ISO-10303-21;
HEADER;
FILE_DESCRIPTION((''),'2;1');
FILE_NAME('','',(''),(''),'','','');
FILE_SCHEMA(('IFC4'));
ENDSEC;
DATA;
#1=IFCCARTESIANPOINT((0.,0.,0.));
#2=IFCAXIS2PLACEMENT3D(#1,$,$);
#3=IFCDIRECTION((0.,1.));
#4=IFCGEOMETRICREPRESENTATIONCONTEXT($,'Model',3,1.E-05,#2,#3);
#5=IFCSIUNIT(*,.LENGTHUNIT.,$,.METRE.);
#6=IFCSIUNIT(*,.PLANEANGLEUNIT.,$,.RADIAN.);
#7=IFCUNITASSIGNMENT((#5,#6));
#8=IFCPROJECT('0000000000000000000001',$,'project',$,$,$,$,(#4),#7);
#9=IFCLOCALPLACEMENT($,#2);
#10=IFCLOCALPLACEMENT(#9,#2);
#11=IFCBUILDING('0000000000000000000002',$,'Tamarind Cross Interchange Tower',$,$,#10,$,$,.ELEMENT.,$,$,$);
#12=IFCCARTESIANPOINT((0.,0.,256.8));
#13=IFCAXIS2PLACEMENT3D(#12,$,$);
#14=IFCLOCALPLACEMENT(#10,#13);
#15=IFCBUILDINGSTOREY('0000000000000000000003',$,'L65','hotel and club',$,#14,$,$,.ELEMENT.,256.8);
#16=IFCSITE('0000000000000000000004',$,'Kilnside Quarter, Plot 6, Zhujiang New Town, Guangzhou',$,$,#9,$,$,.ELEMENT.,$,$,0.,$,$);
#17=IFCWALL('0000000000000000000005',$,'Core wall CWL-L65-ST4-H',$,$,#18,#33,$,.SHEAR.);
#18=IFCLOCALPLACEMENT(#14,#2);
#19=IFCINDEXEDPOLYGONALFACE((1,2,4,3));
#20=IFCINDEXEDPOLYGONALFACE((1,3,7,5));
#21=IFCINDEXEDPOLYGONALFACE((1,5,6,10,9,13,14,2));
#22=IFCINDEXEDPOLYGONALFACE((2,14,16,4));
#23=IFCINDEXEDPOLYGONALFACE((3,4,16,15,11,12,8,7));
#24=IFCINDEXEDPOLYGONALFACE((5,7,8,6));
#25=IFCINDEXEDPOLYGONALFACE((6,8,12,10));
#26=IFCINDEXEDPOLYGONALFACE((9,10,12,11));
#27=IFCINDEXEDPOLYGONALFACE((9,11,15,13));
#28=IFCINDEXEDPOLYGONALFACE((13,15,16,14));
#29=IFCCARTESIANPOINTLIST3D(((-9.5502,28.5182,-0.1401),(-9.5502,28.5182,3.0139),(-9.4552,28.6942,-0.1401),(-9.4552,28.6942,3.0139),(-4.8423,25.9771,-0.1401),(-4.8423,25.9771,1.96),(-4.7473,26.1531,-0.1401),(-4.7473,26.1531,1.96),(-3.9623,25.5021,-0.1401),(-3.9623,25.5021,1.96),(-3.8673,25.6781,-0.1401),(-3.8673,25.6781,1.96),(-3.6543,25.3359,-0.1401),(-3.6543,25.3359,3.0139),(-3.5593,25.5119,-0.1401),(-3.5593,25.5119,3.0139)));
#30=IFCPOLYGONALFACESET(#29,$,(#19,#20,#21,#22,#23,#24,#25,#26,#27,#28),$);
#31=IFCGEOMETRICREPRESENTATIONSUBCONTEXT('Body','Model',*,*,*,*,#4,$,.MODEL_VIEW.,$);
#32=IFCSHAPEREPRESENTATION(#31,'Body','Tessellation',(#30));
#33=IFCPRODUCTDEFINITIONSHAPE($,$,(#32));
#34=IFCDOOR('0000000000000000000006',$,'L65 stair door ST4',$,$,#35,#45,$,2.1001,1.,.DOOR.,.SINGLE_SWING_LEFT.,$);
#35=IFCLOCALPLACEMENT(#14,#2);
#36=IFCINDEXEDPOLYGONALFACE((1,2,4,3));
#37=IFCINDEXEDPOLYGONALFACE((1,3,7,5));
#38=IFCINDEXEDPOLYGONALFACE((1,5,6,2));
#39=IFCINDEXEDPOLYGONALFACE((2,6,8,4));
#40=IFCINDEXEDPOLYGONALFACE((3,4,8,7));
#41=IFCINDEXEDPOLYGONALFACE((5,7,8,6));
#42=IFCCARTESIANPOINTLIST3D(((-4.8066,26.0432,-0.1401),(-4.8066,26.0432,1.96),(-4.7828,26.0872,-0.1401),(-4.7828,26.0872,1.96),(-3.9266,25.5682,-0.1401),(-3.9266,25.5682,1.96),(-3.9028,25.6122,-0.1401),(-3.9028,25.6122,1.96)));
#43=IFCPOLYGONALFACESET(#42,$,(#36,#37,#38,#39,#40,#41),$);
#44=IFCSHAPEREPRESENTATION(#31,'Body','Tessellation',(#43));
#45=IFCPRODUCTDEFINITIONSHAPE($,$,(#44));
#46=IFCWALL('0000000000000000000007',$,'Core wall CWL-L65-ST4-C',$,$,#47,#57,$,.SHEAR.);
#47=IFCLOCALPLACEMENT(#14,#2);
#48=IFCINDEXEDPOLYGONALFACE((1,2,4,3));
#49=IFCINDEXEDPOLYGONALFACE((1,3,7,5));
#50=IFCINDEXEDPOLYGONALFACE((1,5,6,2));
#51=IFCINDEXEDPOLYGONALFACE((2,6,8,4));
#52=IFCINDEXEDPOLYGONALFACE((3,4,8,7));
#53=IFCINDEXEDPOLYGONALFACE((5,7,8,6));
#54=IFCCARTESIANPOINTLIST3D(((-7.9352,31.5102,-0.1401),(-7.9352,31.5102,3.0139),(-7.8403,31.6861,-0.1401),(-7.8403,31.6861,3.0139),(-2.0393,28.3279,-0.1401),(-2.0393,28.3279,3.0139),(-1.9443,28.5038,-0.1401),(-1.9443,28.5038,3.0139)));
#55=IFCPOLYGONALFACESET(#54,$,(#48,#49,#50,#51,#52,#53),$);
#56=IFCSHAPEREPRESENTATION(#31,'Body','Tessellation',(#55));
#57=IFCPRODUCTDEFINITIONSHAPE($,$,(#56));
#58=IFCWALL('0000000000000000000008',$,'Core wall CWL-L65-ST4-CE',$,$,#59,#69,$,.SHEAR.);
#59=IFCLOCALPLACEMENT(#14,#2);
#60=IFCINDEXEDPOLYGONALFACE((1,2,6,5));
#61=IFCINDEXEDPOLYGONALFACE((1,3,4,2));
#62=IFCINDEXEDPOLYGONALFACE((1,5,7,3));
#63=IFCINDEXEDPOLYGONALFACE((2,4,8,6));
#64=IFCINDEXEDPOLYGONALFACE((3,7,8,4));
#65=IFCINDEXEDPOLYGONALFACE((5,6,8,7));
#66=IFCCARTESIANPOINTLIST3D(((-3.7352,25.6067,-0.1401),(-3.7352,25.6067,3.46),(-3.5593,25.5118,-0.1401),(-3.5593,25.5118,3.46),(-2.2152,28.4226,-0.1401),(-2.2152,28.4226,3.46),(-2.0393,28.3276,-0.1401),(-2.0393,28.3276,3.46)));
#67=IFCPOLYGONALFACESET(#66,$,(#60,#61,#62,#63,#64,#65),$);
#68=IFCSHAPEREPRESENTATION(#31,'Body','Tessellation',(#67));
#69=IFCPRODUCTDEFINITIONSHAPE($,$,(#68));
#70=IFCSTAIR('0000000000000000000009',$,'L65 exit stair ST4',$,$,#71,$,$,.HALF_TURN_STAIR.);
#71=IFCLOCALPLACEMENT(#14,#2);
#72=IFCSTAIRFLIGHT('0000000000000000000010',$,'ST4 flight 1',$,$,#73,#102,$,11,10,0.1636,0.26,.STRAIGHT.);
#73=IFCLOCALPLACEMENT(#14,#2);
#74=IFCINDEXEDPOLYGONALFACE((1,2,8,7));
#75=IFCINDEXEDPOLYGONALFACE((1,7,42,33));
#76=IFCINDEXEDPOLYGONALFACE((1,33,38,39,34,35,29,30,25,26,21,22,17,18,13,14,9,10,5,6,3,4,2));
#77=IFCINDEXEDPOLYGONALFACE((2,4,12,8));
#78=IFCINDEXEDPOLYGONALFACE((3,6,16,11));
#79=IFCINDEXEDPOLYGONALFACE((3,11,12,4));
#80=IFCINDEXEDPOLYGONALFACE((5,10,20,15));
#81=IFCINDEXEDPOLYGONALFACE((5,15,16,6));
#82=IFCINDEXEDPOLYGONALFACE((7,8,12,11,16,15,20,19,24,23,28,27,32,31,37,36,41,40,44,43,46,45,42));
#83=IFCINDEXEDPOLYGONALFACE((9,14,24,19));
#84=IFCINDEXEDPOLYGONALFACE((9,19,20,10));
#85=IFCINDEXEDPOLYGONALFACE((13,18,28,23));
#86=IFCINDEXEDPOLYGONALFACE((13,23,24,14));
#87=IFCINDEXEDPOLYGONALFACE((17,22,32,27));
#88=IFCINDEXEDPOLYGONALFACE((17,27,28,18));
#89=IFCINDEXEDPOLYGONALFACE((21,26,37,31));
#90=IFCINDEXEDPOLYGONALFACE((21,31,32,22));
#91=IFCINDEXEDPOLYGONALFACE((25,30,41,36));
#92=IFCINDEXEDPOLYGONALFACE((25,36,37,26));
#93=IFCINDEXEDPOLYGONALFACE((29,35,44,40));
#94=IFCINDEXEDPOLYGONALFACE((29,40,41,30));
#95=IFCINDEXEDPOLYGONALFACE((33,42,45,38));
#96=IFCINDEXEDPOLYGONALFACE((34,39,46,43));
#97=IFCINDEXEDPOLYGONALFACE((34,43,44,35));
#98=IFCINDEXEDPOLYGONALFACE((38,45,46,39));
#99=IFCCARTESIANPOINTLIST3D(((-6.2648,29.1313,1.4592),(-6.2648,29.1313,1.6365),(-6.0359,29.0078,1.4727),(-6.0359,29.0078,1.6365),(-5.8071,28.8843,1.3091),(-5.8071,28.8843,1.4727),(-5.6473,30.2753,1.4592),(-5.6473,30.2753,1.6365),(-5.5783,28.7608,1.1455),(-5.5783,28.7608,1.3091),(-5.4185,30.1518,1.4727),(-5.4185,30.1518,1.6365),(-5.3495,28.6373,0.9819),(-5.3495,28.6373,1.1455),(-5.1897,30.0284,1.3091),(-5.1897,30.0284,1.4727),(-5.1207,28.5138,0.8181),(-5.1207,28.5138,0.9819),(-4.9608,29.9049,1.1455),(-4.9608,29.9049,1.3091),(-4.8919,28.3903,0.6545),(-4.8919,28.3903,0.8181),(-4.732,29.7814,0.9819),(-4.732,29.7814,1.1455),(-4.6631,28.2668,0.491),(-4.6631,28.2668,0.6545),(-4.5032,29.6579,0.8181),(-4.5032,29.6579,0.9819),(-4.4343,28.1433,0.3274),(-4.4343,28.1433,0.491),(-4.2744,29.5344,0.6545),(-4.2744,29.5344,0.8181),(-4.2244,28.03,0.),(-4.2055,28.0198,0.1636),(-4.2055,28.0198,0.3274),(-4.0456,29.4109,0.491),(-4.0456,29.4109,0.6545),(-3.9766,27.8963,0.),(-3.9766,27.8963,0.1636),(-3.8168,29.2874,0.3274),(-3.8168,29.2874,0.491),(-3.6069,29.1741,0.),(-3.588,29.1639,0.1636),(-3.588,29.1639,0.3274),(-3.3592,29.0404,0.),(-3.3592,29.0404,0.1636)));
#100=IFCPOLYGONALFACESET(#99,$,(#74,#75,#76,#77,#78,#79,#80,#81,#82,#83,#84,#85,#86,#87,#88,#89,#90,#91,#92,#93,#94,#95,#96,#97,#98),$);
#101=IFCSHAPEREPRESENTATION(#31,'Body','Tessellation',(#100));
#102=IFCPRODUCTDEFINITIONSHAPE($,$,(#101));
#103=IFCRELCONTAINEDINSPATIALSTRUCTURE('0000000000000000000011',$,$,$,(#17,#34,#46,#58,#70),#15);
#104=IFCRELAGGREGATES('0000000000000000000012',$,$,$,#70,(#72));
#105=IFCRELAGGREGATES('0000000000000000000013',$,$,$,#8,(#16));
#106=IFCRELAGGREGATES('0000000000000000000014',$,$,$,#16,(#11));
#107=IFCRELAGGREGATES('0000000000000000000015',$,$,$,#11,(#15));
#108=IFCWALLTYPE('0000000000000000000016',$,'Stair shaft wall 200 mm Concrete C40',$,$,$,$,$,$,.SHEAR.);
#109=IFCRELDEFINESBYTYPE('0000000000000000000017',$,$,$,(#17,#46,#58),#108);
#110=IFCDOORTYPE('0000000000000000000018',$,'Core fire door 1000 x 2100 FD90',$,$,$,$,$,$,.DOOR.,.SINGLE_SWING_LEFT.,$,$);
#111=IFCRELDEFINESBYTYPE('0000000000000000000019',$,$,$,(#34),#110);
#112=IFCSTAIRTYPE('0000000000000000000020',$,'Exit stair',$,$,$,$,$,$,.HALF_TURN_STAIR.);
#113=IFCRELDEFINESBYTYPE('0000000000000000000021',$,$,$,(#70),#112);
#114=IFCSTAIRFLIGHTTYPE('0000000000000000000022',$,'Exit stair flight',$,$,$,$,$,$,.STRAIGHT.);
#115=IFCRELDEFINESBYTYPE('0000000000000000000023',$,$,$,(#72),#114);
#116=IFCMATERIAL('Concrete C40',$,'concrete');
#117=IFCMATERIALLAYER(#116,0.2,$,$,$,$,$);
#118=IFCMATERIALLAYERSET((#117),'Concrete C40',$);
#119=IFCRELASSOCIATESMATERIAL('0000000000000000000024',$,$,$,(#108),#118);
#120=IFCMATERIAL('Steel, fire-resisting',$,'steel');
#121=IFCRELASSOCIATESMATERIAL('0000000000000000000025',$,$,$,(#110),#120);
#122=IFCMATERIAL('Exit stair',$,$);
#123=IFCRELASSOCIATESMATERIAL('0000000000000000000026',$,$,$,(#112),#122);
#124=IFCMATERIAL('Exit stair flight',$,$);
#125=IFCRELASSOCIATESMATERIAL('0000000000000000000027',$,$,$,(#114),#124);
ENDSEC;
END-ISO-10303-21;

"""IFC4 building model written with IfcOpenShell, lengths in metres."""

from ifc_helpers import new_model, si_unit, direction, frame, frame_2d, origin, place, context, subcontext, project, spatial, polyline, rectangle, outline, extrude, material, layer, layer_set, type_object, element, fill, aggregate, save


model = new_model("IFC4")

# Units and contexts
model_context = context("Model", 3, precision=1e-05, world=origin(), true_north=direction((0.0, 1.0)))
body_context = subcontext(model_context, "Body", "Model", "MODEL_VIEW")
ifc_project = project(units=[si_unit("LENGTHUNIT", "METRE"), si_unit("PLANEANGLEUNIT", "RADIAN")], contexts=[model_context])

# Site, building, storey
site_placement = place(None, origin())
site = spatial("IfcSite", under=ifc_project, at=site_placement, Name="Kilnside Quarter, Plot 6, Zhujiang New Town, Guangzhou", CompositionType="ELEMENT", RefElevation=0.0)
building_placement = place(site_placement, origin())
building = spatial("IfcBuilding", under=site, at=building_placement, Name="Tamarind Cross Interchange Tower", CompositionType="ELEMENT")
storey_placement = place(building_placement, frame((0.0, 0.0, 256.8)))
storey = spatial("IfcBuildingStorey", under=building, at=storey_placement, Name="L65", Description="hotel and club", CompositionType="ELEMENT", Elevation=256.8)

# Shared definitions
ifc_material_1 = material(Name="Concrete C40", Category="concrete")

# Wall, opening, door
ifc_layer_1 = layer(ifc_material_1, 0.2)
ifc_layer_set_1 = layer_set([ifc_layer_1], Name="Concrete C40")
wall_type_1 = type_object("IfcWallType", Name="Stair shaft wall 200 mm Concrete C40", PredefinedType="SHEAR", material=ifc_layer_set_1)
wall_1_placement = place(storey_placement, frame((-3.6067, 25.4238, -0.1401), z_axis=(0.0, 0.0, 1.0), x_axis=(-0.879997, 0.47498, 0.0)))
wall_1 = element("IfcWall", 1, at=wall_1_placement, inside=storey, type_object=wall_type_1, Name="Core wall CWL-L65-ST4-H", PredefinedType="SHEAR", context=body_context, shape_type="SweptSolid", body=[
    extrude(rectangle(XDim=6.7, YDim=0.2, at=frame_2d((3.3501, 0.0))), origin(), (0.0, 0.0, 1.0), 3.1541),
])
opening_1_placement = place(wall_1_placement, frame((0.3501, 0.0, 0.0)))
opening_1 = element("IfcOpeningElement", 2, at=opening_1_placement, cuts=wall_1, PredefinedType="OPENING", context=body_context, shape_type="SweptSolid", body=[
    extrude(rectangle(XDim=1.0, YDim=2.1001, at=frame_2d((0.5, 1.05))), frame((0.0, 0.1099, 0.0), z_axis=(0.0, -1.0, 0.0), x_axis=(1.0, 0.0, 0.0)), (0.0, 0.0, 1.0), 0.22),
])
ifc_material_2 = material(Name="Steel, fire-resisting", Category="steel")
door_type_1 = type_object("IfcDoorType", Name="Core fire door 1000 x 2100 FD90", OperationType="SINGLE_SWING_LEFT", PredefinedType="DOOR", material=ifc_material_2)
door_1_placement = place(opening_1_placement, origin())
door_1 = element("IfcDoor", 3, at=door_1_placement, inside=storey, type_object=door_type_1, Name="L65 stair door ST4", OperationType="SINGLE_SWING_LEFT", OverallHeight=2.1001, OverallWidth=1.0, PredefinedType="DOOR", context=body_context, shape_type="SweptSolid", body=[
    extrude(rectangle(XDim=1.0, YDim=2.1001, at=frame_2d((0.5, 1.05))), frame((0.0, 0.0249, 0.0), z_axis=(0.0, -1.0, 0.0), x_axis=(1.0, 0.0, 0.0)), (0.0, 0.0, 1.0), 0.05),
])
fill(opening_1, door_1)

# Walls
wall_2_placement = place(storey_placement, frame((-1.9917, 28.4158, -0.1401), z_axis=(0.0, 0.0, 1.0), x_axis=(-0.879997, 0.47498, 0.0)))
element("IfcWall", 4, at=wall_2_placement, inside=storey, type_object=wall_type_1, Name="Core wall CWL-L65-ST4-C", PredefinedType="SHEAR", context=body_context, shape_type="SweptSolid", body=[
    extrude(rectangle(XDim=6.7, YDim=0.2, at=frame_2d((3.3501, 0.0))), origin(), (0.0, 0.0, 1.0), 3.1541),
])
wall_3_placement = place(storey_placement, frame((-2.1272, 28.3752, -0.1401), z_axis=(0.0, 0.0, 1.0), x_axis=(-0.47501, -0.879981, 0.0)))
element("IfcWall", 5, at=wall_3_placement, inside=storey, type_object=wall_type_1, Name="Core wall CWL-L65-ST4-CE", PredefinedType="SHEAR", context=body_context, shape_type="SweptSolid", body=[
    extrude(rectangle(XDim=3.2, YDim=0.2, at=frame_2d((1.6001, 0.0))), origin(), (0.0, 0.0, 1.0), 3.6001),
])

# Stair, stair flight
ifc_material_3 = material(Name="Exit stair")
stair_type = type_object("IfcStairType", Name="Exit stair", PredefinedType="HALF_TURN_STAIR", material=ifc_material_3)
stair_placement = place(storey_placement, origin())
stair = element("IfcStair", 6, at=stair_placement, inside=storey, type_object=stair_type, Name="L65 exit stair ST4", PredefinedType="HALF_TURN_STAIR")
ifc_material_4 = material(Name="Exit stair flight")
stair_flight_type = type_object("IfcStairFlightType", Name="Exit stair flight", PredefinedType="STRAIGHT", material=ifc_material_4)
stair_flight_placement = place(storey_placement, frame((-3.668, 28.4683, 0.0), z_axis=(0.0, 0.0, 1.0), x_axis=(-0.880007, 0.474961, 0.0)))
stair_flight = element("IfcStairFlight", 7, at=stair_flight_placement, type_object=stair_flight_type, Name="ST4 flight 1", NumberOfRisers=11, NumberOfTreads=10, PredefinedType="STRAIGHT", RiserHeight=0.1636, TreadLength=0.26, context=body_context, shape_type="SweptSolid", body=[
    extrude(outline(polyline([(0.0, 0.0), (0.0, 0.1636), (0.26, 0.1636), (0.26, 0.3274), (0.52, 0.3274), (0.52, 0.491), (0.78, 0.491), (0.78, 0.6545), (1.04, 0.6545), (1.04, 0.8181), (1.3, 0.8181), (1.3, 0.9819), (1.5601, 0.9819), (1.5601, 1.1455), (1.8201, 1.1455), (1.8201, 1.3091), (2.0801, 1.3091), (2.0801, 1.4727), (2.3401, 1.4727), (2.3401, 1.6365), (2.6001, 1.6365), (2.6001, 1.8), (2.6001, 1.4592), (0.2815, 0.0), (0.0, 0.0)])), frame((0.0, 0.6499, 0.0), z_axis=(0.0, -1.0, 0.0), x_axis=(1.0, 0.0, 0.0)), (0.0, 0.0, 1.0), 1.3),
])
aggregate(stair, [stair_flight])

save(model, "model.ifc")
